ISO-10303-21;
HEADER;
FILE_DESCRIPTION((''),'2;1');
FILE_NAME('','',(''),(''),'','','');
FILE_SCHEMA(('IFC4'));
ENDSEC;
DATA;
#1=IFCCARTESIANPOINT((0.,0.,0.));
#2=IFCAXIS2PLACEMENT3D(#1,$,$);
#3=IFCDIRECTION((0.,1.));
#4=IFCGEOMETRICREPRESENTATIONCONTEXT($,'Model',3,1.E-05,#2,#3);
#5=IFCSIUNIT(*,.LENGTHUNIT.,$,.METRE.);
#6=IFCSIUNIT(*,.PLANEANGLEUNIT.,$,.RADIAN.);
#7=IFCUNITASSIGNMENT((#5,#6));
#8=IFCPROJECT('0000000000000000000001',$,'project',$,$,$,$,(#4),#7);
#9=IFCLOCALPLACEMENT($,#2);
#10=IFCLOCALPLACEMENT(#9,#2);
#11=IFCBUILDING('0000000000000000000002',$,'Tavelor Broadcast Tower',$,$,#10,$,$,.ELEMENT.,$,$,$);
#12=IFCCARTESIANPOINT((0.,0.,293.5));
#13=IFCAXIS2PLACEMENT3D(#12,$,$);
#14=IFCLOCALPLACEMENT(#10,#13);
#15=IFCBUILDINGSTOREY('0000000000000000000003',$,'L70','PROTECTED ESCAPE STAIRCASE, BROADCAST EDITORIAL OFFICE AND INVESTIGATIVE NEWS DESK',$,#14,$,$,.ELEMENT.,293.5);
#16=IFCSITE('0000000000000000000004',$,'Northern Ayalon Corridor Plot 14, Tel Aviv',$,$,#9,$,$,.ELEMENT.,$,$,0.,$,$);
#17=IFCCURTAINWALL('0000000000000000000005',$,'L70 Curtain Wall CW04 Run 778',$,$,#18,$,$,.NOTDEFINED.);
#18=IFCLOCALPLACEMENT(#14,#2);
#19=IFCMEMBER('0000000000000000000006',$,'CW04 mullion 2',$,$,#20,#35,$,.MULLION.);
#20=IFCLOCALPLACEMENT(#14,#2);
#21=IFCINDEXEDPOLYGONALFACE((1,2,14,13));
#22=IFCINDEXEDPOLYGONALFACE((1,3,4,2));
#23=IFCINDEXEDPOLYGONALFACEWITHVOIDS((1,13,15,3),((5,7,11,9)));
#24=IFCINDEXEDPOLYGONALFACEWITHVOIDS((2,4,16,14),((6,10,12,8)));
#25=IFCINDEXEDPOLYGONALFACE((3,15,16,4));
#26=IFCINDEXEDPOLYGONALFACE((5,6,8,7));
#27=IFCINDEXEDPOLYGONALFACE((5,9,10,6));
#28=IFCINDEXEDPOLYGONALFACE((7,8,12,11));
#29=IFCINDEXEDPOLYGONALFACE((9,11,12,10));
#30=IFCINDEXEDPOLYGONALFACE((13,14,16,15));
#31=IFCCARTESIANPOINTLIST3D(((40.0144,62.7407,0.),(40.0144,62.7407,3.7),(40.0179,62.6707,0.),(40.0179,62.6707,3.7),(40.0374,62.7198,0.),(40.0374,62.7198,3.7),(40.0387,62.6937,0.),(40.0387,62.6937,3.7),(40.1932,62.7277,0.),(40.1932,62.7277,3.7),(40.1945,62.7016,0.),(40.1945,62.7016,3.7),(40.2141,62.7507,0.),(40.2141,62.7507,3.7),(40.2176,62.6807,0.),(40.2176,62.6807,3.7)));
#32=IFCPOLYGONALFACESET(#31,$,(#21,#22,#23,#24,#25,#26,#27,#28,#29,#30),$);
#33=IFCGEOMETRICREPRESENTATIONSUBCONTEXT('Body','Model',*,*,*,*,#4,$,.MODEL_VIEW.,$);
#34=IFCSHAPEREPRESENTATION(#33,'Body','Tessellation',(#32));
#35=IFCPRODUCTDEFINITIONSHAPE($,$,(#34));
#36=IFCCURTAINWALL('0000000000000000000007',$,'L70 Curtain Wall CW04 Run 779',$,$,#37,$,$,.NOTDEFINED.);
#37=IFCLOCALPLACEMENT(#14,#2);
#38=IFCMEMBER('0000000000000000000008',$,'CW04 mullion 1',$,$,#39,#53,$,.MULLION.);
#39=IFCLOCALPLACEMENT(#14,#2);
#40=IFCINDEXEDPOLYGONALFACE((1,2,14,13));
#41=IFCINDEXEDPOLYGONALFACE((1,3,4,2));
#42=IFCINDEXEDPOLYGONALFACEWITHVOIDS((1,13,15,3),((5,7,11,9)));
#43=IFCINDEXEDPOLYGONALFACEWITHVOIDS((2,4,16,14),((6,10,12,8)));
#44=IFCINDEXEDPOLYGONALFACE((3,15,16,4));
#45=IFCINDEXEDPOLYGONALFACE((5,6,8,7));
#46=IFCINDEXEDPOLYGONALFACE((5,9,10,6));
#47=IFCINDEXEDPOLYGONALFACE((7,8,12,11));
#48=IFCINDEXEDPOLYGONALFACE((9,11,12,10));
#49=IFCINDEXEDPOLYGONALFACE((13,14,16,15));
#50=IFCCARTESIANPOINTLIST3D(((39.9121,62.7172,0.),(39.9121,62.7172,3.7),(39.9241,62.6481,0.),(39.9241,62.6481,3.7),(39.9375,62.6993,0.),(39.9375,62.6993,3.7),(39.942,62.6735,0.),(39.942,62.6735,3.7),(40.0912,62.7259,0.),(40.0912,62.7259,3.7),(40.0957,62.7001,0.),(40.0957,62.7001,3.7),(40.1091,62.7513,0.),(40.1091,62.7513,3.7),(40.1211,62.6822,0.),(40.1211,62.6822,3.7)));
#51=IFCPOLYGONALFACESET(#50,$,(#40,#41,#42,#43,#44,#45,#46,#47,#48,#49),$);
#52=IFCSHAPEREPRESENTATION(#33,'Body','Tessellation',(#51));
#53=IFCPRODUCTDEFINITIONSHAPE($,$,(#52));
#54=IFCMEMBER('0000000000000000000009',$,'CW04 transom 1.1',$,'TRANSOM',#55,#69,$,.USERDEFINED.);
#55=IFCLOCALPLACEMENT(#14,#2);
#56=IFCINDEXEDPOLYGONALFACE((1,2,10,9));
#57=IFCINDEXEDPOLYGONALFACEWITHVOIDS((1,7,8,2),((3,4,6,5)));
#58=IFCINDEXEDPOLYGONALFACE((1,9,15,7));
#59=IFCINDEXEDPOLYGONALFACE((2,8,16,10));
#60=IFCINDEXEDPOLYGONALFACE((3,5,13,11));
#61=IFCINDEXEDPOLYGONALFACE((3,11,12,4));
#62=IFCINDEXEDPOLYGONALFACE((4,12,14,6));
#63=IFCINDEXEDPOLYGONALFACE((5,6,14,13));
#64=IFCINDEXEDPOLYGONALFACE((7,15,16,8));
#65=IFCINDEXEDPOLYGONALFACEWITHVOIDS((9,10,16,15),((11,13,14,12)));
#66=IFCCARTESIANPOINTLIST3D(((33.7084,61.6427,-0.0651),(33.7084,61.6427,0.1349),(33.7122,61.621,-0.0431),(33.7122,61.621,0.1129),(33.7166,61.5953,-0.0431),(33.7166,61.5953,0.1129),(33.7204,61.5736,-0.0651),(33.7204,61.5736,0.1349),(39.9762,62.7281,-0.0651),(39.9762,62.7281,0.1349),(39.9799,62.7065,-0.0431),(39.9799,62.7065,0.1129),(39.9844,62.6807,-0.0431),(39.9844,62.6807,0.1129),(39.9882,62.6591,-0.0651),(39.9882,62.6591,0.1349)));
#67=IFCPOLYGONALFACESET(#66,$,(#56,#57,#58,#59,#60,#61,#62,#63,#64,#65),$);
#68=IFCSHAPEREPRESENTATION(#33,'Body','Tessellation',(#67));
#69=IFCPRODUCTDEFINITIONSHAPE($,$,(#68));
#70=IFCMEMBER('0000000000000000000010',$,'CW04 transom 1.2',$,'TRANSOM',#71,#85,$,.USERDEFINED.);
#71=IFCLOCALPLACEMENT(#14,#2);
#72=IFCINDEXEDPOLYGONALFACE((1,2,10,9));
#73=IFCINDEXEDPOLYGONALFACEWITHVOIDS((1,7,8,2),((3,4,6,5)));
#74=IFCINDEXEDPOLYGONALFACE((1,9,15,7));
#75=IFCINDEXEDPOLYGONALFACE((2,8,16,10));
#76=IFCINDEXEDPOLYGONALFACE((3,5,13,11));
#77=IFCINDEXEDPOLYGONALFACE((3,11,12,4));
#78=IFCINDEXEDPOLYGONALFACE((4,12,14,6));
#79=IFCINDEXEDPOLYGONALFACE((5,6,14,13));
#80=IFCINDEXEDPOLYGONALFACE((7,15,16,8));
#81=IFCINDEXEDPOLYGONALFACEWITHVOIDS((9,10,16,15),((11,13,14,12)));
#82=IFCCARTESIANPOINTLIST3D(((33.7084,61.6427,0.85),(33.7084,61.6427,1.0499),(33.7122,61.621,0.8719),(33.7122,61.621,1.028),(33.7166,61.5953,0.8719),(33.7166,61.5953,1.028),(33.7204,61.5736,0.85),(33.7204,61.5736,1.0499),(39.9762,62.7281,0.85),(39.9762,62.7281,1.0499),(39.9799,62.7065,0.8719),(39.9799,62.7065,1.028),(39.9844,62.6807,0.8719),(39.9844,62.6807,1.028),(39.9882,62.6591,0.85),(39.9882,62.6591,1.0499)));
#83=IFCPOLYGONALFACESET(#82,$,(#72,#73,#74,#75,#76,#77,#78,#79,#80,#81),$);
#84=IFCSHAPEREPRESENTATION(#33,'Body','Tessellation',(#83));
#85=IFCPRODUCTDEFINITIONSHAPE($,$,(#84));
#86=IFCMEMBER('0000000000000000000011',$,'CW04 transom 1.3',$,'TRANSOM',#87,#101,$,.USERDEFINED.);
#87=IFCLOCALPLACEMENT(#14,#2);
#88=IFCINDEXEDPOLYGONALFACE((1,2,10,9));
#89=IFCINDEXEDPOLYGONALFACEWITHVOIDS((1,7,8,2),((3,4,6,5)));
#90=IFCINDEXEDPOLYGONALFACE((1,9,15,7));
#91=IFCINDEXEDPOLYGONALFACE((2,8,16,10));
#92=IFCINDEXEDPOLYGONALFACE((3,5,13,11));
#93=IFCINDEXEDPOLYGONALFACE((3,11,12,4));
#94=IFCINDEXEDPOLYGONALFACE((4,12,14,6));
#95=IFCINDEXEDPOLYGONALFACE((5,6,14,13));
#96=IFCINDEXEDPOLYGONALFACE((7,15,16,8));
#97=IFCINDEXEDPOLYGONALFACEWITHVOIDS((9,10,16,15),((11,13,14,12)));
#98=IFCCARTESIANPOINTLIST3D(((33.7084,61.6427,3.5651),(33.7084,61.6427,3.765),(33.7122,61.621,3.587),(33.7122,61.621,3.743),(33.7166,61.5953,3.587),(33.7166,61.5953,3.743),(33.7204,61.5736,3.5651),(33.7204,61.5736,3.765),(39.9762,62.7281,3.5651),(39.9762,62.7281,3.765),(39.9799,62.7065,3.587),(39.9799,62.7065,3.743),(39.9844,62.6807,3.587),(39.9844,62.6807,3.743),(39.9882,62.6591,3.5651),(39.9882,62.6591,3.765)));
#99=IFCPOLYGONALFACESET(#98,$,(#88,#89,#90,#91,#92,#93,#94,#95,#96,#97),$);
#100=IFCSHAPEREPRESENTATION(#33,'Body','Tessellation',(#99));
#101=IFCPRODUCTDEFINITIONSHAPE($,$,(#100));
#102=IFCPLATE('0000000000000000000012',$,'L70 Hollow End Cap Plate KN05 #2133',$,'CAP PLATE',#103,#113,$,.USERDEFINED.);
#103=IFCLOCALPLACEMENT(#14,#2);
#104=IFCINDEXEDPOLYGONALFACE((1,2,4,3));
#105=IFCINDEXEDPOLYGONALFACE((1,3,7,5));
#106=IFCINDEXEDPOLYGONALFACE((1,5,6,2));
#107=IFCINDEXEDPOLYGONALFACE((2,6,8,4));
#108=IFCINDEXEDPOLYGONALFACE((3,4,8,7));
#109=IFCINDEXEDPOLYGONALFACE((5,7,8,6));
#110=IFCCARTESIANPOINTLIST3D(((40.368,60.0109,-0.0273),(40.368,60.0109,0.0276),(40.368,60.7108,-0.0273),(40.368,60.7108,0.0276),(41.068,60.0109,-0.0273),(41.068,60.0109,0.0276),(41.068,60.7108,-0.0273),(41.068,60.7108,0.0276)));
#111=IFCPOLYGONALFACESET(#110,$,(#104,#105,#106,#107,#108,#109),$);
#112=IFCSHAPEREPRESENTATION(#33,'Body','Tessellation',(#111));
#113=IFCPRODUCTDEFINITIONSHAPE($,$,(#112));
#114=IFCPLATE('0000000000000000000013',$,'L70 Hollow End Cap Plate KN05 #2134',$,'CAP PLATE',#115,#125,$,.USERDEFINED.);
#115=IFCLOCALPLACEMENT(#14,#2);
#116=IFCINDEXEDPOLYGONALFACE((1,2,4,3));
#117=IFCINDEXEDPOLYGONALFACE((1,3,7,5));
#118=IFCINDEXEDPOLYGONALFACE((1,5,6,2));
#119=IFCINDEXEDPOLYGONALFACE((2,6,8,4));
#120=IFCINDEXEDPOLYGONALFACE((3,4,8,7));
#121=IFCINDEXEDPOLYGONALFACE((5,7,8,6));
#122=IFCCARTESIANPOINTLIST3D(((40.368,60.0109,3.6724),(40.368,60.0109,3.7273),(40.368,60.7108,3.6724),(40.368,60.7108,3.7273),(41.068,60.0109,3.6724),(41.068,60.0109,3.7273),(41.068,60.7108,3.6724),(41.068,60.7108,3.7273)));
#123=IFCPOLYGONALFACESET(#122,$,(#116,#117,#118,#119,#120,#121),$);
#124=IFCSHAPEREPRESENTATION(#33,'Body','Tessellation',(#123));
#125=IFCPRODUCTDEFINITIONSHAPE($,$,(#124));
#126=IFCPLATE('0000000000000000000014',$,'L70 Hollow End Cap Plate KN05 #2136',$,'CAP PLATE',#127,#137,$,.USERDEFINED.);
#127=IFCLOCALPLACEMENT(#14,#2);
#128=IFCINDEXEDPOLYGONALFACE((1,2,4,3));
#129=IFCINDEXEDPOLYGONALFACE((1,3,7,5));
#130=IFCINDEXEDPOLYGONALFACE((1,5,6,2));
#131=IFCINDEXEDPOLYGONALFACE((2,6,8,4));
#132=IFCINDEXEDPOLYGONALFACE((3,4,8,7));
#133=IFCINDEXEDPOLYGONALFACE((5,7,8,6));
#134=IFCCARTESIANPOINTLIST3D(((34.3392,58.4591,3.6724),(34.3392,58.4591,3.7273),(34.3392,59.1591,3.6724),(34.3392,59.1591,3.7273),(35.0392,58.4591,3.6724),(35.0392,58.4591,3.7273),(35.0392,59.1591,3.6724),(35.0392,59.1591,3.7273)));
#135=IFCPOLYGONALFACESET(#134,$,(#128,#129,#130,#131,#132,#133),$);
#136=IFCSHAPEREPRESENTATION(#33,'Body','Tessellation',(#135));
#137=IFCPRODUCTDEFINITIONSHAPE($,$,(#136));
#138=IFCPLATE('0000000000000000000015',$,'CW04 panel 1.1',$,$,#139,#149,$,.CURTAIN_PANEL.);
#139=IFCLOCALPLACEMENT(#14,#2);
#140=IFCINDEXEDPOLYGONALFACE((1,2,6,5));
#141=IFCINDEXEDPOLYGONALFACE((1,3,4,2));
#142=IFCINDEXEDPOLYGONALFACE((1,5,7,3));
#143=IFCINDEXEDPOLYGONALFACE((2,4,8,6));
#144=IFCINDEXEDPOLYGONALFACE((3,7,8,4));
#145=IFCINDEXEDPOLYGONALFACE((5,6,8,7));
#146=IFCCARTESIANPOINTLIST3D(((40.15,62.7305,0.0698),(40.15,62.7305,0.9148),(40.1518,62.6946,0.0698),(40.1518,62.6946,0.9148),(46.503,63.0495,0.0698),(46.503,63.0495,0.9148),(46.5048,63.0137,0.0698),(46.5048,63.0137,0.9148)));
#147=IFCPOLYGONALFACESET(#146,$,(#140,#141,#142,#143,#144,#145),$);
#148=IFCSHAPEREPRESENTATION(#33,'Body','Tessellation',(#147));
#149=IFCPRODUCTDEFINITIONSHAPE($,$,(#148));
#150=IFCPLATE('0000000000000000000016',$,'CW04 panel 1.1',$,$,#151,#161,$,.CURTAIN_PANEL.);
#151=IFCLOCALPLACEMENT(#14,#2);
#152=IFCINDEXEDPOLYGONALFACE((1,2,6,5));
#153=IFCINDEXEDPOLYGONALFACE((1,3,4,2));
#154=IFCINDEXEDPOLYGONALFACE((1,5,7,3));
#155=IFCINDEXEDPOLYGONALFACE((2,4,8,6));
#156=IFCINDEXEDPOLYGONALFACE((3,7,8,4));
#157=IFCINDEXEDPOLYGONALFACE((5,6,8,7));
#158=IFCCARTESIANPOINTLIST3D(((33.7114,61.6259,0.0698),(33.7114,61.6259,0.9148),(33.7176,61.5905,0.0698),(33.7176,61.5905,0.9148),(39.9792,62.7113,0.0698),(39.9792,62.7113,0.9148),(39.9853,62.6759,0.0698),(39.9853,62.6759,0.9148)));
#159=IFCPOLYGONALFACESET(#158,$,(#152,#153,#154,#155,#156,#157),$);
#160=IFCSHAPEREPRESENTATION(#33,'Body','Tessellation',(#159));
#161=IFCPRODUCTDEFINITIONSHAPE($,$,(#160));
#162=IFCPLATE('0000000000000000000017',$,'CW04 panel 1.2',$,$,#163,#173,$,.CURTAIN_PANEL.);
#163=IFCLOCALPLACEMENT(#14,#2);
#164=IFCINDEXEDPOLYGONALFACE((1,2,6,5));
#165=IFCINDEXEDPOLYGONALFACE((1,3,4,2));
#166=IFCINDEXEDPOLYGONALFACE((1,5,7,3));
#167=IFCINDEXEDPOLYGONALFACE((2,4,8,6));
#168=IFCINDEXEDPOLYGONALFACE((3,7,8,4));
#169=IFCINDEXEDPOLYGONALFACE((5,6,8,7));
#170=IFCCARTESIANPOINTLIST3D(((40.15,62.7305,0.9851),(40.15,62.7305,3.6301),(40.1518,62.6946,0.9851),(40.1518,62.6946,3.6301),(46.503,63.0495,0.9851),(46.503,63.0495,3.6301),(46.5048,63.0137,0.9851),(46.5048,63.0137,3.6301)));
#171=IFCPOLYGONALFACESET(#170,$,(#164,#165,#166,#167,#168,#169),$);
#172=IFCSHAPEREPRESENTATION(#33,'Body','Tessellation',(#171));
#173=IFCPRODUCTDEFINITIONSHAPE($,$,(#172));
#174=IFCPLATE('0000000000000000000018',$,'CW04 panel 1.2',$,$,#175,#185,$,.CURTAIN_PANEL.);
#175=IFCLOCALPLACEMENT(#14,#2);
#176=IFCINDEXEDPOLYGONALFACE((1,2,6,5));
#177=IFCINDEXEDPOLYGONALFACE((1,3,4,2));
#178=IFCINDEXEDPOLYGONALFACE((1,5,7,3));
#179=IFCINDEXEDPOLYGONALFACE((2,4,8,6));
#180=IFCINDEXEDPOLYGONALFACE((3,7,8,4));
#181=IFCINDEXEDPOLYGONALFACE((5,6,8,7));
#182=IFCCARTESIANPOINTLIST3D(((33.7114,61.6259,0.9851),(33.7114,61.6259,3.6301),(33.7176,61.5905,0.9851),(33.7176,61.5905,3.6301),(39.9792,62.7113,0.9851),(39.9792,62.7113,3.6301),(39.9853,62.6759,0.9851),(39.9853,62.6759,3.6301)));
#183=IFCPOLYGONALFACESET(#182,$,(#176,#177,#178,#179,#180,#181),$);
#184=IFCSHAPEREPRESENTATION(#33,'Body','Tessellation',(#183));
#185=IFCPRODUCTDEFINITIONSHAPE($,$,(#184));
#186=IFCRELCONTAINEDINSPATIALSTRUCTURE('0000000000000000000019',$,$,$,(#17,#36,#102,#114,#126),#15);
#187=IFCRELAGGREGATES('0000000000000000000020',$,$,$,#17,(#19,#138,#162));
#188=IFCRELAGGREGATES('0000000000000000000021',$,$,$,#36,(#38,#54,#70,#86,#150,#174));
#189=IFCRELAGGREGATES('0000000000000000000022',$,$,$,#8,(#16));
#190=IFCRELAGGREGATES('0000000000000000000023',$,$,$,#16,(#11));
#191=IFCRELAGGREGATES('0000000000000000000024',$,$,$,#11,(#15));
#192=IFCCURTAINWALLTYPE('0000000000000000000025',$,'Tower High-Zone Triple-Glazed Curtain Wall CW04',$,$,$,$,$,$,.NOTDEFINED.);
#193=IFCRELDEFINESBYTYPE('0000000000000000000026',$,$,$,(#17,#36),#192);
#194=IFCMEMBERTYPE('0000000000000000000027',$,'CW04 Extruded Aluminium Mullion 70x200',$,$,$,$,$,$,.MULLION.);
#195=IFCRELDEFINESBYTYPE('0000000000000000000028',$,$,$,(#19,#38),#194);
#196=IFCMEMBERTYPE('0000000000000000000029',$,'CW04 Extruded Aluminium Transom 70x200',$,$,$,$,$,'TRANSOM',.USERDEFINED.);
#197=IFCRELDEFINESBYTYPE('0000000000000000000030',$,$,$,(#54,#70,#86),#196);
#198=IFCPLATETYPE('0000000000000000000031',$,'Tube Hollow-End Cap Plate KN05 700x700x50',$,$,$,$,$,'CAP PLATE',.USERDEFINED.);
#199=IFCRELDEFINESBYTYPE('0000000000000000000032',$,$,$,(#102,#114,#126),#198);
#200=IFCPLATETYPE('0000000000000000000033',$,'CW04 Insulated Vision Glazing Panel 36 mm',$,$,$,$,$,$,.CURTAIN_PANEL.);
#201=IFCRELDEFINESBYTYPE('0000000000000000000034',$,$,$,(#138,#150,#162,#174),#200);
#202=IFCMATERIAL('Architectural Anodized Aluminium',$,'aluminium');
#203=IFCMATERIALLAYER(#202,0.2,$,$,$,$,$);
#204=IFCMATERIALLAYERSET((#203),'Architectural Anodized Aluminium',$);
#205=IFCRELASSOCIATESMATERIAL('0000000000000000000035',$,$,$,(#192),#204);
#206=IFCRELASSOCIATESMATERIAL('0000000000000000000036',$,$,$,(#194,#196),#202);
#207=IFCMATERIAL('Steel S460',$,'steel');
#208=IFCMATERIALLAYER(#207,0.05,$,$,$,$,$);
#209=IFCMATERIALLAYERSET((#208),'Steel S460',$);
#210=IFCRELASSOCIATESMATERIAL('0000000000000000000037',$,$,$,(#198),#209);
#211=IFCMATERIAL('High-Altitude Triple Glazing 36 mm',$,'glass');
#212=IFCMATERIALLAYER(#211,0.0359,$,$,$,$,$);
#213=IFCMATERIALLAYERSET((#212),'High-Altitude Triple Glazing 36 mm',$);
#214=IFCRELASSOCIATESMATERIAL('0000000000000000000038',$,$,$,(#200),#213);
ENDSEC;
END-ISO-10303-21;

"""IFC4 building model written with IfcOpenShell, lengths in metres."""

from ifc_helpers import new_model, si_unit, direction, frame, origin, origin_2d, place, context, subcontext, project, spatial, rectangle, hollow_rectangle, extrude, source, transform, mapped, material, layer, layer_set, material_profile, profile_set, type_object, type_shapes, element, aggregate, save


model = new_model("IFC4")

# Units and contexts
model_context = context("Model", 3, precision=1e-05, world=origin(), true_north=direction((0.0, 1.0)))
body_context = subcontext(model_context, "Body", "Model", "MODEL_VIEW")
ifc_project = project(units=[si_unit("LENGTHUNIT", "METRE"), si_unit("PLANEANGLEUNIT", "RADIAN")], contexts=[model_context])

# Site, building, storey
site_placement = place(None, origin())
site = spatial("IfcSite", under=ifc_project, at=site_placement, Name="Northern Ayalon Corridor Plot 14, Tel Aviv", CompositionType="ELEMENT", RefElevation=0.0)
building_placement = place(site_placement, origin())
building = spatial("IfcBuilding", under=site, at=building_placement, Name="Tavelor Broadcast Tower", CompositionType="ELEMENT")
storey_placement = place(building_placement, frame((0.0, 0.0, 293.5)))
storey = spatial("IfcBuildingStorey", under=building, at=storey_placement, Name="L70", Description="PROTECTED ESCAPE STAIRCASE, BROADCAST EDITORIAL OFFICE AND INVESTIGATIVE NEWS DESK", CompositionType="ELEMENT", Elevation=293.5)

# Shared definitions
ifc_material_1 = material(Name="Steel S460", Category="steel")

# Curtain wall, member
ifc_material_2 = material(Name="Architectural Anodized Aluminium", Category="aluminium")
ifc_layer_1 = layer(ifc_material_2, 0.2)
ifc_layer_set_1 = layer_set([ifc_layer_1], Name="Architectural Anodized Aluminium")
curtain_wall_type = type_object("IfcCurtainWallType", Name="Tower High-Zone Triple-Glazed Curtain Wall CW04", PredefinedType="NOTDEFINED", material=ifc_layer_set_1)
curtain_wall_1_placement = place(storey_placement, origin())
curtain_wall_1 = element("IfcCurtainWall", 1, at=curtain_wall_1_placement, inside=storey, type_object=curtain_wall_type, Name="L70 Curtain Wall CW04 Run 778", PredefinedType="NOTDEFINED")
ifc_material_profile_1 = material_profile(ifc_material_2, hollow_rectangle(XDim=0.0701, YDim=0.2, WallThickness=0.022, at=origin_2d()), Name="RHS 70x200x22")
ifc_profile_set_1 = profile_set([ifc_material_profile_1], Name="Architectural Anodized Aluminium")
member_type_1 = type_object("IfcMemberType", Name="CW04 Extruded Aluminium Mullion 70x200", PredefinedType="MULLION", material=ifc_profile_set_1)
shared_shape_1 = source(origin(), body_context, "Body", "SweptSolid", [
    extrude(hollow_rectangle(XDim=0.0701, YDim=0.2, WallThickness=0.022, at=origin_2d()), origin(), (0.0, 0.0, 1.0), 3.7),
])
type_shapes(member_type_1, [shared_shape_1])
member_1_placement = place(storey_placement, frame((40.116, 62.7107, 0.0), z_axis=(0.0, 0.0, 1.0), x_axis=(0.050161, -0.998741, 0.0)))
member_1 = element("IfcMember", 2, at=member_1_placement, type_object=member_type_1, Name="CW04 mullion 2", PredefinedType="MULLION", context=body_context, shape_type="MappedRepresentation", body=[
    mapped(shared_shape_1, transform((0.0, 0.0, 0.0), scale=1.0)),
])

# Curtain wall, members
curtain_wall_2_placement = place(storey_placement, origin())
curtain_wall_2 = element("IfcCurtainWall", 3, at=curtain_wall_2_placement, inside=storey, type_object=curtain_wall_type, Name="L70 Curtain Wall CW04 Run 779", PredefinedType="NOTDEFINED")
member_2_placement = place(storey_placement, frame((40.0166, 62.6997, 0.0), z_axis=(0.0, 0.0, 1.0), x_axis=(0.170634, -0.985334, 0.0)))
member_2 = element("IfcMember", 4, at=member_2_placement, type_object=member_type_1, Name="CW04 mullion 1", PredefinedType="MULLION", context=body_context, shape_type="MappedRepresentation", body=[
    mapped(shared_shape_1, transform((0.0, 0.0, 0.0), scale=1.0)),
])
ifc_material_profile_2 = material_profile(ifc_material_2, hollow_rectangle(XDim=0.0701, YDim=0.2, WallThickness=0.022, at=origin_2d()), Name="RHS 70x200x22")
ifc_profile_set_2 = profile_set([ifc_material_profile_2], Name="Architectural Anodized Aluminium")
member_type_2 = type_object("IfcMemberType", Name="CW04 Extruded Aluminium Transom 70x200", ElementType="TRANSOM", PredefinedType="USERDEFINED", material=ifc_profile_set_2)
shared_shape_2 = source(origin(), body_context, "Body", "SweptSolid", [
    extrude(hollow_rectangle(XDim=0.0701, YDim=0.2, WallThickness=0.022, at=origin_2d()), origin(), (0.0, 0.0, 1.0), 6.3611),
])
type_shapes(member_type_2, [shared_shape_2])
member_3_placement = place(storey_placement, frame((39.9822, 62.6936, 0.0349), z_axis=(-0.985334, -0.170638, 0.0), x_axis=(0.170638, -0.985334, 0.0)))
member_3 = element("IfcMember", 5, at=member_3_placement, type_object=member_type_2, Name="CW04 transom 1.1", ObjectType="TRANSOM", PredefinedType="USERDEFINED", context=body_context, shape_type="MappedRepresentation", body=[
    mapped(shared_shape_2, transform((0.0, 0.0, 0.0), scale=1.0)),
])
member_4_placement = place(storey_placement, frame((39.9822, 62.6936, 0.95), z_axis=(-0.985334, -0.170638, 0.0), x_axis=(0.170638, -0.985334, 0.0)))
member_4 = element("IfcMember", 6, at=member_4_placement, type_object=member_type_2, Name="CW04 transom 1.2", ObjectType="TRANSOM", PredefinedType="USERDEFINED", context=body_context, shape_type="MappedRepresentation", body=[
    mapped(shared_shape_2, transform((0.0, 0.0, 0.0), scale=1.0)),
])
member_5_placement = place(storey_placement, frame((39.9822, 62.6936, 3.665), z_axis=(-0.985334, -0.170638, 0.0), x_axis=(0.170638, -0.985334, 0.0)))
member_5 = element("IfcMember", 7, at=member_5_placement, type_object=member_type_2, Name="CW04 transom 1.3", ObjectType="TRANSOM", PredefinedType="USERDEFINED", context=body_context, shape_type="MappedRepresentation", body=[
    mapped(shared_shape_2, transform((0.0, 0.0, 0.0), scale=1.0)),
])

# Plates
ifc_layer_2 = layer(ifc_material_1, 0.05)
ifc_layer_set_2 = layer_set([ifc_layer_2], Name="Steel S460")
plate_type_1 = type_object("IfcPlateType", Name="Tube Hollow-End Cap Plate KN05 700x700x50", ElementType="CAP PLATE", PredefinedType="USERDEFINED", material=ifc_layer_set_2)
shared_shape_3 = source(origin(), body_context, "Body", "SweptSolid", [
    extrude(rectangle(XDim=0.7, YDim=0.7, at=origin_2d()), origin(), (0.0, 0.0, 1.0), 0.0549),
])
type_shapes(plate_type_1, [shared_shape_3])
for number, where, z_axis, x_axis, name in (
    (8, (40.718, 60.3608, -0.0273), (0.0, 0.0, 1.0), (1.0, 0.0, 0.0), "L70 Hollow End Cap Plate KN05 #2133"),
    (9, (40.718, 60.3608, 3.6724), (0.0, 0.0, 1.0), (1.0, 0.0, 0.0), "L70 Hollow End Cap Plate KN05 #2134"),
    (10, (34.6892, 58.8091, 3.6724), (0.0, 0.0, 1.0), (1.0, 0.0, 0.0), "L70 Hollow End Cap Plate KN05 #2136"),
):
    element("IfcPlate", number, at=place(storey_placement, frame(where, z_axis=z_axis, x_axis=x_axis)), inside=storey, type_object=plate_type_1, Name=name, ObjectType="CAP PLATE", PredefinedType="USERDEFINED", context=body_context, shape_type="MappedRepresentation", body=[
        mapped(shared_shape_3, transform((0.0, 0.0, 0.0), scale=1.0)),
    ])

# Plates
ifc_material_3 = material(Name="High-Altitude Triple Glazing 36 mm", Category="glass")
ifc_layer_3 = layer(ifc_material_3, 0.0359)
ifc_layer_set_3 = layer_set([ifc_layer_3], Name="High-Altitude Triple Glazing 36 mm")
plate_type_2 = type_object("IfcPlateType", Name="CW04 Insulated Vision Glazing Panel 36 mm", PredefinedType="CURTAIN_PANEL", material=ifc_layer_set_3)
shared_shape_4 = source(origin(), body_context, "Body", "SweptSolid", [
    extrude(rectangle(XDim=6.3611, YDim=0.0359, at=origin_2d()), origin(), (0.0, 0.0, 1.0), 0.845),
])
plate_1_placement = place(storey_placement, frame((43.3274, 62.8721, 0.0698), z_axis=(0.0, 0.0, 1.0), x_axis=(-0.998741, -0.050161, 0.0)))
plate_1 = element("IfcPlate", 11, at=plate_1_placement, type_object=plate_type_2, Name="CW04 panel 1.1", PredefinedType="CURTAIN_PANEL", context=body_context, shape_type="MappedRepresentation", body=[
    mapped(shared_shape_4, transform((0.0, 0.0, 0.0), scale=1.0)),
])
plate_2_placement = place(storey_placement, frame((36.8484, 62.1509, 0.0698), z_axis=(0.0, 0.0, 1.0), x_axis=(-0.985334, -0.170634, 0.0)))
plate_2 = element("IfcPlate", 12, at=plate_2_placement, type_object=plate_type_2, Name="CW04 panel 1.1", PredefinedType="CURTAIN_PANEL", context=body_context, shape_type="MappedRepresentation", body=[
    mapped(shared_shape_4, transform((0.0, 0.0, 0.0), scale=1.0)),
])
shared_shape_5 = source(origin(), body_context, "Body", "SweptSolid", [
    extrude(rectangle(XDim=6.3611, YDim=0.0359, at=origin_2d()), origin(), (0.0, 0.0, 1.0), 2.645),
])
type_shapes(plate_type_2, [shared_shape_4, shared_shape_5])
plate_3_placement = place(storey_placement, frame((43.3274, 62.8721, 0.9851), z_axis=(0.0, 0.0, 1.0), x_axis=(-0.998741, -0.050161, 0.0)))
plate_3 = element("IfcPlate", 13, at=plate_3_placement, type_object=plate_type_2, Name="CW04 panel 1.2", PredefinedType="CURTAIN_PANEL", context=body_context, shape_type="MappedRepresentation", body=[
    mapped(shared_shape_5, transform((0.0, 0.0, 0.0), scale=1.0)),
])
aggregate(curtain_wall_1, [member_1, plate_1, plate_3])
plate_4_placement = place(storey_placement, frame((36.8484, 62.1509, 0.9851), z_axis=(0.0, 0.0, 1.0), x_axis=(-0.985334, -0.170634, 0.0)))
plate_4 = element("IfcPlate", 14, at=plate_4_placement, type_object=plate_type_2, Name="CW04 panel 1.2", PredefinedType="CURTAIN_PANEL", context=body_context, shape_type="MappedRepresentation", body=[
    mapped(shared_shape_5, transform((0.0, 0.0, 0.0), scale=1.0)),
])
aggregate(curtain_wall_2, [member_2, member_3, member_4, member_5, plate_2, plate_4])

save(model, "model.ifc")
